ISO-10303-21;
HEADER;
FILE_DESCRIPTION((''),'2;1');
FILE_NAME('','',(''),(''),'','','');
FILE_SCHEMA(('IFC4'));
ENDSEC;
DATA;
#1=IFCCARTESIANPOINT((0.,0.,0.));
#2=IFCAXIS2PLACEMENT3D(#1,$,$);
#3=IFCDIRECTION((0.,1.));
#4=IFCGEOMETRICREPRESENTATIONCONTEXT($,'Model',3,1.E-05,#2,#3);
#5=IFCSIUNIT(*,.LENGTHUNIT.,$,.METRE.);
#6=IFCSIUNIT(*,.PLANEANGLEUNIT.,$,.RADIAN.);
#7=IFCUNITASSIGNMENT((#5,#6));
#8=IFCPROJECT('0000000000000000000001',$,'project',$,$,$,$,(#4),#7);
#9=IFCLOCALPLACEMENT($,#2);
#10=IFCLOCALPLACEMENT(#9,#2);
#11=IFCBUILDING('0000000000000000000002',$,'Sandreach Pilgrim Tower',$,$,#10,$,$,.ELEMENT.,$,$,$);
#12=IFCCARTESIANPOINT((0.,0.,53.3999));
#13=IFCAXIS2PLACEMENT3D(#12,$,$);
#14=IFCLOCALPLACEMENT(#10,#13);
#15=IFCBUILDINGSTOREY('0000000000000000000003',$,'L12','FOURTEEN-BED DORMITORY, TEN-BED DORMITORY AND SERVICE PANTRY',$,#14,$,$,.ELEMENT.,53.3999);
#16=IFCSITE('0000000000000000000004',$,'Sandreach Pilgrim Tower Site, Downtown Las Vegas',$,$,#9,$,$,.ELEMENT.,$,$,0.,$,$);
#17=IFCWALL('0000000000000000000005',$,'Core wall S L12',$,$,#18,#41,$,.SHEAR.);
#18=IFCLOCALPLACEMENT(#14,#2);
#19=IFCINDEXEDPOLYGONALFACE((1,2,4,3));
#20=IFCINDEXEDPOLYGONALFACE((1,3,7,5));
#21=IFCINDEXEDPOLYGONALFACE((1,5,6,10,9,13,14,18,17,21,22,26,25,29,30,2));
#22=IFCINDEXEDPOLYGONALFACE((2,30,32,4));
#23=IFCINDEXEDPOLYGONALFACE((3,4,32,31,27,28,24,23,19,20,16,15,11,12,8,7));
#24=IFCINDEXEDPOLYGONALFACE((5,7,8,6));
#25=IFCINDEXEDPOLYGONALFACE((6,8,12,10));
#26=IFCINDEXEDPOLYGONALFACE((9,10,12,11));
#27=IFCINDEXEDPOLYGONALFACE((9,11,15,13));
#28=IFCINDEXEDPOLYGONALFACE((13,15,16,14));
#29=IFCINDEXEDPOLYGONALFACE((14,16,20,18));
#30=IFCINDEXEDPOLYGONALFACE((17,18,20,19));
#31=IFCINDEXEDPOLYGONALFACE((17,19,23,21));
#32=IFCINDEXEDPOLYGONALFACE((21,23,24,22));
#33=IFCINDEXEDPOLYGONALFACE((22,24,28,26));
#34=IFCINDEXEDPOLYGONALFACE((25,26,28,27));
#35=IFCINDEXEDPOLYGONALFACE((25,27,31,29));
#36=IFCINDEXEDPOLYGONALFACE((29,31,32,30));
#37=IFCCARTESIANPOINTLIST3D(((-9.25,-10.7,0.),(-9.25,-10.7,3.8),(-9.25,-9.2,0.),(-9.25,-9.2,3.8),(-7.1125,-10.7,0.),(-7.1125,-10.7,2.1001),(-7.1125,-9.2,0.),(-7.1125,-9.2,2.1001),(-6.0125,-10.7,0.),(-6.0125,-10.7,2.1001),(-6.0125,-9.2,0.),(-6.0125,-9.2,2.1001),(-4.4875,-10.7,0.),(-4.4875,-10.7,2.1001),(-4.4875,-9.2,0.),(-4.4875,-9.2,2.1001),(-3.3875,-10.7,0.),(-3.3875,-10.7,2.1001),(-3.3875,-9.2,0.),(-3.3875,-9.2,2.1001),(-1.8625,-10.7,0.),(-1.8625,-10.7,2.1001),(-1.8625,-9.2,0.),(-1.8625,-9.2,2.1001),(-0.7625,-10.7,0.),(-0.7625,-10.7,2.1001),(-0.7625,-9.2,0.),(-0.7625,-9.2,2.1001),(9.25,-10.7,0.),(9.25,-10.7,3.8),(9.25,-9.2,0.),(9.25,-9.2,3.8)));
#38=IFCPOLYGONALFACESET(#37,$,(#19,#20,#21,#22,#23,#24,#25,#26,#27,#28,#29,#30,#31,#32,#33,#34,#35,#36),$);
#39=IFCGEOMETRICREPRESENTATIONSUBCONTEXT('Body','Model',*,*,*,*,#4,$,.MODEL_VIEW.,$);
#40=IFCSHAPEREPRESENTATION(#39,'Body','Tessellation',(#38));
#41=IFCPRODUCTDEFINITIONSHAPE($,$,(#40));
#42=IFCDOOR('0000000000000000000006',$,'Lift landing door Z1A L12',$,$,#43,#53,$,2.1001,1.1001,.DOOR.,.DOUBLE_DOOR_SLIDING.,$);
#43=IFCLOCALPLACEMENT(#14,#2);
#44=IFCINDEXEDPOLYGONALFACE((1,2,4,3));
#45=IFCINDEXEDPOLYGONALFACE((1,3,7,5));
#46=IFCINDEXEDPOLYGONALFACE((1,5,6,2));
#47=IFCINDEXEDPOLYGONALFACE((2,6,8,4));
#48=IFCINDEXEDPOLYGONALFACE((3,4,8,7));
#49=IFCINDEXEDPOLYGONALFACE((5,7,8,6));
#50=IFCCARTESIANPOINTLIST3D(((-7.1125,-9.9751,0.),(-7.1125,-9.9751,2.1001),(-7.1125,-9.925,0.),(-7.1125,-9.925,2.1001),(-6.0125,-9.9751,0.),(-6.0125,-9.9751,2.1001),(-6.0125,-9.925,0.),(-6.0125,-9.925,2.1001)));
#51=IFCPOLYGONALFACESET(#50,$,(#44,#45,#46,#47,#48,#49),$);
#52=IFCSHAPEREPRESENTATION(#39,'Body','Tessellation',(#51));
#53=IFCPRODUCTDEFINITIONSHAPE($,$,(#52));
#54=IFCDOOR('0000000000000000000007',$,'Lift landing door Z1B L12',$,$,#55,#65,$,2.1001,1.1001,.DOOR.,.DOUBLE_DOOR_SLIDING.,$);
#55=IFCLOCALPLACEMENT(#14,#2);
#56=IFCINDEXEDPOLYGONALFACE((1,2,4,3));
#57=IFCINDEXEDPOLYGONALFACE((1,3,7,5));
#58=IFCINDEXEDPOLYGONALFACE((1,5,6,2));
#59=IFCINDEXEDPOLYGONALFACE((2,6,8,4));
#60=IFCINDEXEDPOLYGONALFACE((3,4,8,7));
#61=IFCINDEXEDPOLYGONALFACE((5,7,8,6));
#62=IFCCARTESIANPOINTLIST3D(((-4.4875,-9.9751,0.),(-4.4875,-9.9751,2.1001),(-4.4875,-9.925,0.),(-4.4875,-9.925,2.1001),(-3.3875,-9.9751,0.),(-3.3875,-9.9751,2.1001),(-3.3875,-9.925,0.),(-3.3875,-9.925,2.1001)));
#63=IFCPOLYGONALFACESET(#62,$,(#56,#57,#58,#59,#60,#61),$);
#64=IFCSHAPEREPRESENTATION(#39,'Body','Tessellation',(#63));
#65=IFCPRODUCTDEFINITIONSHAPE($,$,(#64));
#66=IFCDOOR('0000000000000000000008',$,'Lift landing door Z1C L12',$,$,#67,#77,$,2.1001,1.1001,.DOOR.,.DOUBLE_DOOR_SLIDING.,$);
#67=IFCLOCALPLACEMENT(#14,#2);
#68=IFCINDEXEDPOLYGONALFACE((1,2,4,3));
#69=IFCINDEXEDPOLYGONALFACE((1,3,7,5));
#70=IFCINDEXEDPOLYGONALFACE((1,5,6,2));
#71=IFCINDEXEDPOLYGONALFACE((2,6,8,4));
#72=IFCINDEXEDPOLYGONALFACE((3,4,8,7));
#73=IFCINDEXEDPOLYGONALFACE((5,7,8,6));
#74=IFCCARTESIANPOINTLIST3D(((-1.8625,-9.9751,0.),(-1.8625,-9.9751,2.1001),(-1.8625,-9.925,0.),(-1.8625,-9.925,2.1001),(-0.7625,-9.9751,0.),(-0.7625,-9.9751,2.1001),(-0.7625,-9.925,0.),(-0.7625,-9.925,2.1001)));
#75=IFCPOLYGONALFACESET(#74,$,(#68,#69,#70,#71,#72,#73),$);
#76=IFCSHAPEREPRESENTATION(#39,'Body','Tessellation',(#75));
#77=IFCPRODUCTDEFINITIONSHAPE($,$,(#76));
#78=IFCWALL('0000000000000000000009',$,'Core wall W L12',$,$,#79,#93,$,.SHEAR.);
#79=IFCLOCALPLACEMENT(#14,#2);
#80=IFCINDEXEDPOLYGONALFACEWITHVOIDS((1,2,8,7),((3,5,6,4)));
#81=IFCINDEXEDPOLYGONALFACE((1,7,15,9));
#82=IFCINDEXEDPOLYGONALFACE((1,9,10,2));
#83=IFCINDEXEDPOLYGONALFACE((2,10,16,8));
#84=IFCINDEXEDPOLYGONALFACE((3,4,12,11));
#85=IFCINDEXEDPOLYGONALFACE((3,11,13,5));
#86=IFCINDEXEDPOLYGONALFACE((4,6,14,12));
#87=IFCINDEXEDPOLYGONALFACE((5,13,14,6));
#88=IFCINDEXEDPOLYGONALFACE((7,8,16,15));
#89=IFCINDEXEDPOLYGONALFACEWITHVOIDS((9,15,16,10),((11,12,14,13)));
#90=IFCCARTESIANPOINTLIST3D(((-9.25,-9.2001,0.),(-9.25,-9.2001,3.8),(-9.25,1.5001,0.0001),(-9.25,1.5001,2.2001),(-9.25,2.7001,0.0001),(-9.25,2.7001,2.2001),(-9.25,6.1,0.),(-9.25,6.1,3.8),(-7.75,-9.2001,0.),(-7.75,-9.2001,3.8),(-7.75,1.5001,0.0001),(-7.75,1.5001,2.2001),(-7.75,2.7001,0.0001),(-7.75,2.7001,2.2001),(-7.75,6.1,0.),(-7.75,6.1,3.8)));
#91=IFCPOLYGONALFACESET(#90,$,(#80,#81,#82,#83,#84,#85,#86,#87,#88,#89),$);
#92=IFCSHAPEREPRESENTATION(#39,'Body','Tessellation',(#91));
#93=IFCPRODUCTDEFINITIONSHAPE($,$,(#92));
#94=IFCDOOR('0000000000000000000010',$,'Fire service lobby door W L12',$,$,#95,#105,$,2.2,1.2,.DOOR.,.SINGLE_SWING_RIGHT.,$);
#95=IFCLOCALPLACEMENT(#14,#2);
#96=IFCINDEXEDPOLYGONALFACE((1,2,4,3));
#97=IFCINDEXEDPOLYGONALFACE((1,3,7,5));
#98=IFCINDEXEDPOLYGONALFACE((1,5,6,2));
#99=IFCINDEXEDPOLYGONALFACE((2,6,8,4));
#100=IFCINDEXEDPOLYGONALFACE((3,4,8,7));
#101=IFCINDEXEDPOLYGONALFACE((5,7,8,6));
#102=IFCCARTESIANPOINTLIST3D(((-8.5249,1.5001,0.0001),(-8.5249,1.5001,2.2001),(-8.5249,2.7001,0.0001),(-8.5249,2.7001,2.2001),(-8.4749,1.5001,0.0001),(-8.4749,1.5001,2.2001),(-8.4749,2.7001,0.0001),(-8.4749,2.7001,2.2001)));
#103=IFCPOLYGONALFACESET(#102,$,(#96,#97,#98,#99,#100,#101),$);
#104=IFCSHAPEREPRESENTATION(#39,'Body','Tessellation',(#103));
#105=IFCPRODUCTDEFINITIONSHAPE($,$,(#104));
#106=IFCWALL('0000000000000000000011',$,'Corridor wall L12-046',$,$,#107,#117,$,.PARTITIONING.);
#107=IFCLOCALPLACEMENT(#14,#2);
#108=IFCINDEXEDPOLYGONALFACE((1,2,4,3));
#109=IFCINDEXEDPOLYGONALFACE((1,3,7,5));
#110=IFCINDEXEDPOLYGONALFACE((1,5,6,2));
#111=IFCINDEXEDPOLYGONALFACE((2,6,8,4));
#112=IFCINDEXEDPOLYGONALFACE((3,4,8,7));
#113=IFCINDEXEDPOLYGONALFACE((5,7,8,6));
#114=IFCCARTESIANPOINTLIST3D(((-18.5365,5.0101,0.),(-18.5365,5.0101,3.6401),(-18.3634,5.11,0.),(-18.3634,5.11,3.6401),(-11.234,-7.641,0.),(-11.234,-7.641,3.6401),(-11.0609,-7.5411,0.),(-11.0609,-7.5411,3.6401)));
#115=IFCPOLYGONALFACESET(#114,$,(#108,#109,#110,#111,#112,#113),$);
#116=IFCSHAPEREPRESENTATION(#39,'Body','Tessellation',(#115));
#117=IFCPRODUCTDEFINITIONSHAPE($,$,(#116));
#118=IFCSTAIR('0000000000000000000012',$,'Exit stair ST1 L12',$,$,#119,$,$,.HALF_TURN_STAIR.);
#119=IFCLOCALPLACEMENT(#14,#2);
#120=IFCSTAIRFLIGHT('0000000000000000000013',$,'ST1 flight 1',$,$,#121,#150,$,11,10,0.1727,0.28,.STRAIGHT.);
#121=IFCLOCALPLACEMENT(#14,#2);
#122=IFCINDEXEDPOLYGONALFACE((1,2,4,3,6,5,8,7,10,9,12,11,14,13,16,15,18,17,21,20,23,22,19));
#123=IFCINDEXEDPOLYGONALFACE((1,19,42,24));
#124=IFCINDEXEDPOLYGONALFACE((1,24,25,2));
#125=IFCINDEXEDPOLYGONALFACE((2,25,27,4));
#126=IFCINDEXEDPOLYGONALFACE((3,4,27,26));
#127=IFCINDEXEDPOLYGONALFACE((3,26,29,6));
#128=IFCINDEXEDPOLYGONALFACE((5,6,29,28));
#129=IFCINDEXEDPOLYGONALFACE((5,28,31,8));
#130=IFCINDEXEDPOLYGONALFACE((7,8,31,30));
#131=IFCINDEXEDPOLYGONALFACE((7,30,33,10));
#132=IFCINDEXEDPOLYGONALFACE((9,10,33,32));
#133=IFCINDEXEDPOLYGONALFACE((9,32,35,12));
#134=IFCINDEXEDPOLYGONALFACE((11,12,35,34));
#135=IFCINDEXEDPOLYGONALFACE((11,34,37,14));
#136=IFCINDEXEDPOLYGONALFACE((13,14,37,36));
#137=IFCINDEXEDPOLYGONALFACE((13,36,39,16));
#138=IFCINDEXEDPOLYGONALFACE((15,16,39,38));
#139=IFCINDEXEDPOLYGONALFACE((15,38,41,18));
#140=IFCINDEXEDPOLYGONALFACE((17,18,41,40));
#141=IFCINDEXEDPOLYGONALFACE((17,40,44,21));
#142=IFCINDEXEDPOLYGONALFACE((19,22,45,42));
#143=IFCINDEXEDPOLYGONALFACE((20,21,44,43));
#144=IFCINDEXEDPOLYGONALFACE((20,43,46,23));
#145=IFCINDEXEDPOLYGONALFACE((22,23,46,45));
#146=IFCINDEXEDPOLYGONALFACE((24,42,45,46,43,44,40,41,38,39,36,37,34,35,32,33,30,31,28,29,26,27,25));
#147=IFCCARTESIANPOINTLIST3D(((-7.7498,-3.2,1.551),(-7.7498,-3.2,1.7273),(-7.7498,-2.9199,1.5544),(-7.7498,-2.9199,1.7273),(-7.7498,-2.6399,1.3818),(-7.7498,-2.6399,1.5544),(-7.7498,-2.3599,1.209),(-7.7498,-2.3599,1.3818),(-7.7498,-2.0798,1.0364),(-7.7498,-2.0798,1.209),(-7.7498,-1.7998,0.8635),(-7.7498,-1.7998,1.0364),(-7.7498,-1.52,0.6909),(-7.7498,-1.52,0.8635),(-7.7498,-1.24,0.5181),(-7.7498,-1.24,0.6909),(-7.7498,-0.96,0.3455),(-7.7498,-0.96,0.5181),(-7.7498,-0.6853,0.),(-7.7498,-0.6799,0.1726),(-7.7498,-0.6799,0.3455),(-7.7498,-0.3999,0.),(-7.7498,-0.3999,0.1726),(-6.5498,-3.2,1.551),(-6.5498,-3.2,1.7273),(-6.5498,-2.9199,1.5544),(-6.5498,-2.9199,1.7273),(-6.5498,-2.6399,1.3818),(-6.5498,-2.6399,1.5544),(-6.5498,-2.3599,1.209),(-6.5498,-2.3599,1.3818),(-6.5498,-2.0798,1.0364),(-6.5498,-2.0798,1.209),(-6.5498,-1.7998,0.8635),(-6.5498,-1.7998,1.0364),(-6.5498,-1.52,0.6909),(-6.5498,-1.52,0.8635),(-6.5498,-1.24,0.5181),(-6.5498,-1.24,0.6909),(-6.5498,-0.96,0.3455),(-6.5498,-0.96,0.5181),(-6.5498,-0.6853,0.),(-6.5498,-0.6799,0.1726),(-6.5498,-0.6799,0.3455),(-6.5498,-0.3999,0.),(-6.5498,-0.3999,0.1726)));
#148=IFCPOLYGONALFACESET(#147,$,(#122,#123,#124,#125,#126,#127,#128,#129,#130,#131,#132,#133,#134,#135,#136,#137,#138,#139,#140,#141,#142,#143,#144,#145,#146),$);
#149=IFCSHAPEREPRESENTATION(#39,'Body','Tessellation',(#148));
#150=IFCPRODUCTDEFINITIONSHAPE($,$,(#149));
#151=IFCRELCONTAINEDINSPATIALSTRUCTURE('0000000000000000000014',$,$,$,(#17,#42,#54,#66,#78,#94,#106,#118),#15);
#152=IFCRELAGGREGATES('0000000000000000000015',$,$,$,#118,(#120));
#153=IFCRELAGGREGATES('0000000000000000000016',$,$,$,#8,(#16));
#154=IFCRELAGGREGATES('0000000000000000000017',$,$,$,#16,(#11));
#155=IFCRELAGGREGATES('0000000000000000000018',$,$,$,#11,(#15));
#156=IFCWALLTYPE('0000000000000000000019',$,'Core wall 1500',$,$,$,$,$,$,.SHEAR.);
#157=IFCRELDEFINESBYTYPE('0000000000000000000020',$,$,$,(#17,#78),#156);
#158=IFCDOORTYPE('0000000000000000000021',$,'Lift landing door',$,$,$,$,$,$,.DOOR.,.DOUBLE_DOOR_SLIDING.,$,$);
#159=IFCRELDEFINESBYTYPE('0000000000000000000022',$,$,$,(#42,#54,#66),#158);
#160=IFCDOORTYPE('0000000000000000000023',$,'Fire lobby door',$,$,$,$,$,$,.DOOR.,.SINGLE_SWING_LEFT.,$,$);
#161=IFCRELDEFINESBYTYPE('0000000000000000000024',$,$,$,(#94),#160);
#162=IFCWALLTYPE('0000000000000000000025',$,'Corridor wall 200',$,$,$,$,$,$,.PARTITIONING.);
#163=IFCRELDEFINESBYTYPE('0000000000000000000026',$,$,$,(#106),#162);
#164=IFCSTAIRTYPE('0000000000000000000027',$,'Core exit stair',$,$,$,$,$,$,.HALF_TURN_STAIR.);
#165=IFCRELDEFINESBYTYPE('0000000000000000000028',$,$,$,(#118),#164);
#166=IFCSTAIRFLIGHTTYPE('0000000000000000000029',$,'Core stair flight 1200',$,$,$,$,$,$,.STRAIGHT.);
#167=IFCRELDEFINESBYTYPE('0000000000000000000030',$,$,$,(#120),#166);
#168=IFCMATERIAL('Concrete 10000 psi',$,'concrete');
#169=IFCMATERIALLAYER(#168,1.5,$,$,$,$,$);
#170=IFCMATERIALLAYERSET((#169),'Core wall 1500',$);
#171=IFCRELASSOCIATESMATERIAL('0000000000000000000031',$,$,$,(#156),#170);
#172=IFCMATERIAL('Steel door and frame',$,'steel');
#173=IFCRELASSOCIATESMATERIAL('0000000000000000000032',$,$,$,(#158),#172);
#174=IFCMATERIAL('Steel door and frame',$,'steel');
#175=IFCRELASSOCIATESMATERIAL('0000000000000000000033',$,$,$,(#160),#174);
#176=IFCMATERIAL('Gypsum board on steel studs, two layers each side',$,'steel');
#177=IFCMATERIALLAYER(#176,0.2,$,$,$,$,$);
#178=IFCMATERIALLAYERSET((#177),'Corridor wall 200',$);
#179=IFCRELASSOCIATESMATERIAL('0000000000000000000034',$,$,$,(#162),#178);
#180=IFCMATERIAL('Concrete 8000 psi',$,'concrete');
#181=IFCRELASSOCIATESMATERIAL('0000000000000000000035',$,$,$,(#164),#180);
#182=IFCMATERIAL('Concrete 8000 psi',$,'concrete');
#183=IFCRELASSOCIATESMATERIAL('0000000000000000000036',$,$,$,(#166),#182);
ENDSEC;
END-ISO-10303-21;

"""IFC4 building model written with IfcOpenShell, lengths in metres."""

from ifc_helpers import new_model, si_unit, direction, frame, frame_2d, origin, place, context, subcontext, project, spatial, polyline, rectangle, outline, extrude, material, layer, layer_set, type_object, element, fill, aggregate, save


model = new_model("IFC4")

# Units and contexts
model_context = context("Model", 3, precision=1e-05, world=origin(), true_north=direction((0.0, 1.0)))
body_context = subcontext(model_context, "Body", "Model", "MODEL_VIEW")
ifc_project = project(units=[si_unit("LENGTHUNIT", "METRE"), si_unit("PLANEANGLEUNIT", "RADIAN")], contexts=[model_context])

# Site, building, storey
site_placement = place(None, origin())
site = spatial("IfcSite", under=ifc_project, at=site_placement, Name="Sandreach Pilgrim Tower Site, Downtown Las Vegas", CompositionType="ELEMENT", RefElevation=0.0)
building_placement = place(site_placement, origin())
building = spatial("IfcBuilding", under=site, at=building_placement, Name="Sandreach Pilgrim Tower", CompositionType="ELEMENT")
storey_placement = place(building_placement, frame((0.0, 0.0, 53.3999)))
storey = spatial("IfcBuildingStorey", under=building, at=storey_placement, Name="L12", Description="FOURTEEN-BED DORMITORY, TEN-BED DORMITORY AND SERVICE PANTRY", CompositionType="ELEMENT", Elevation=53.3999)

# Wall, openings, doors
ifc_material_1 = material(Name="Concrete 10000 psi", Category="concrete")
ifc_layer_1 = layer(ifc_material_1, 1.5)
ifc_layer_set_1 = layer_set([ifc_layer_1], Name="Core wall 1500")
wall_type_1 = type_object("IfcWallType", Name="Core wall 1500", PredefinedType="SHEAR", material=ifc_layer_set_1)
wall_1_placement = place(storey_placement, frame((-9.25, -9.95, 0.0), z_axis=(0.0, 0.0, 1.0), x_axis=(1.0, 0.0, 0.0)))
wall_1 = element("IfcWall", 1, at=wall_1_placement, inside=storey, type_object=wall_type_1, Name="Core wall S L12", PredefinedType="SHEAR", context=body_context, shape_type="SweptSolid", body=[
    extrude(rectangle(XDim=18.5, YDim=1.5, at=frame_2d((9.25, 0.0))), origin(), (0.0, 0.0, 1.0), 3.8),
])
opening_1_placement = place(wall_1_placement, frame((2.1375, 0.0, 0.0)))
opening_1 = element("IfcOpeningElement", 2, at=opening_1_placement, cuts=wall_1, PredefinedType="OPENING", context=body_context, shape_type="SweptSolid", body=[
    extrude(rectangle(XDim=1.1001, YDim=2.1001, at=frame_2d((0.55, 1.05))), frame((0.0, 0.75, 0.0), z_axis=(0.0, -1.0, 0.0), x_axis=(1.0, 0.0, 0.0)), (0.0, 0.0, 1.0), 1.5),
])
opening_2_placement = place(wall_1_placement, frame((4.7625, 0.0, 0.0)))
opening_2 = element("IfcOpeningElement", 3, at=opening_2_placement, cuts=wall_1, PredefinedType="OPENING", context=body_context, shape_type="SweptSolid", body=[
    extrude(rectangle(XDim=1.1001, YDim=2.1001, at=frame_2d((0.55, 1.05))), frame((0.0, 0.75, 0.0), z_axis=(0.0, -1.0, 0.0), x_axis=(1.0, 0.0, 0.0)), (0.0, 0.0, 1.0), 1.5),
])
opening_3_placement = place(wall_1_placement, frame((7.3875, 0.0, 0.0)))
opening_3 = element("IfcOpeningElement", 4, at=opening_3_placement, cuts=wall_1, PredefinedType="OPENING", context=body_context, shape_type="SweptSolid", body=[
    extrude(rectangle(XDim=1.1001, YDim=2.1001, at=frame_2d((0.55, 1.05))), frame((0.0, 0.75, 0.0), z_axis=(0.0, -1.0, 0.0), x_axis=(1.0, 0.0, 0.0)), (0.0, 0.0, 1.0), 1.5),
])
ifc_material_2 = material(Name="Steel door and frame", Category="steel")
door_type_1 = type_object("IfcDoorType", Name="Lift landing door", OperationType="DOUBLE_DOOR_SLIDING", PredefinedType="DOOR", material=ifc_material_2)
door_1_placement = place(opening_1_placement, origin())
door_1 = element("IfcDoor", 5, at=door_1_placement, inside=storey, type_object=door_type_1, Name="Lift landing door Z1A L12", OperationType="DOUBLE_DOOR_SLIDING", OverallHeight=2.1001, OverallWidth=1.1001, PredefinedType="DOOR", context=body_context, shape_type="SweptSolid", body=[
    extrude(rectangle(XDim=1.1001, YDim=2.1001, at=frame_2d((0.55, 1.05))), frame((0.0, 0.0249, 0.0), z_axis=(0.0, -1.0, 0.0), x_axis=(1.0, 0.0, 0.0)), (0.0, 0.0, 1.0), 0.05),
])
fill(opening_1, door_1)
door_2_placement = place(opening_2_placement, origin())
door_2 = element("IfcDoor", 6, at=door_2_placement, inside=storey, type_object=door_type_1, Name="Lift landing door Z1B L12", OperationType="DOUBLE_DOOR_SLIDING", OverallHeight=2.1001, OverallWidth=1.1001, PredefinedType="DOOR", context=body_context, shape_type="SweptSolid", body=[
    extrude(rectangle(XDim=1.1001, YDim=2.1001, at=frame_2d((0.55, 1.05))), frame((0.0, 0.0249, 0.0), z_axis=(0.0, -1.0, 0.0), x_axis=(1.0, 0.0, 0.0)), (0.0, 0.0, 1.0), 0.05),
])
fill(opening_2, door_2)
door_3_placement = place(opening_3_placement, origin())
door_3 = element("IfcDoor", 7, at=door_3_placement, inside=storey, type_object=door_type_1, Name="Lift landing door Z1C L12", OperationType="DOUBLE_DOOR_SLIDING", OverallHeight=2.1001, OverallWidth=1.1001, PredefinedType="DOOR", context=body_context, shape_type="SweptSolid", body=[
    extrude(rectangle(XDim=1.1001, YDim=2.1001, at=frame_2d((0.55, 1.05))), frame((0.0, 0.0249, 0.0), z_axis=(0.0, -1.0, 0.0), x_axis=(1.0, 0.0, 0.0)), (0.0, 0.0, 1.0), 0.05),
])
fill(opening_3, door_3)

# Wall, opening, door
wall_2_placement = place(storey_placement, frame((-8.5, -9.2, 0.0), z_axis=(0.0, 0.0, 1.0), x_axis=(0.0, 1.0, 0.0)))
wall_2 = element("IfcWall", 8, at=wall_2_placement, inside=storey, type_object=wall_type_1, Name="Core wall W L12", PredefinedType="SHEAR", context=body_context, shape_type="SweptSolid", body=[
    extrude(rectangle(XDim=15.3, YDim=1.5, at=frame_2d((7.6499, 0.0))), origin(), (0.0, 0.0, 1.0), 3.8),
])
opening_4_placement = place(wall_2_placement, frame((10.7, 0.0, 0.0)))
opening_4 = element("IfcOpeningElement", 9, at=opening_4_placement, cuts=wall_2, PredefinedType="OPENING", context=body_context, shape_type="SweptSolid", body=[
    extrude(rectangle(XDim=1.2, YDim=2.2, at=frame_2d((0.6001, 1.1001))), frame((0.0, 0.75, 0.0), z_axis=(0.0, -1.0, 0.0), x_axis=(1.0, 0.0, 0.0)), (0.0, 0.0, 1.0), 1.5),
])
ifc_material_3 = material(Name="Steel door and frame", Category="steel")
door_type_2 = type_object("IfcDoorType", Name="Fire lobby door", OperationType="SINGLE_SWING_LEFT", PredefinedType="DOOR", material=ifc_material_3)
door_4_placement = place(opening_4_placement, origin())
door_4 = element("IfcDoor", 10, at=door_4_placement, inside=storey, type_object=door_type_2, Name="Fire service lobby door W L12", OperationType="SINGLE_SWING_RIGHT", OverallHeight=2.2, OverallWidth=1.2, PredefinedType="DOOR", context=body_context, shape_type="SweptSolid", body=[
    extrude(rectangle(XDim=1.2, YDim=2.2, at=frame_2d((0.6001, 1.1001))), frame((0.0, 0.0249, 0.0), z_axis=(0.0, -1.0, 0.0), x_axis=(1.0, 0.0, 0.0)), (0.0, 0.0, 1.0), 0.05),
])
fill(opening_4, door_4)
ifc_material_4 = material(Name="Gypsum board on steel studs, two layers each side", Category="steel")
ifc_layer_2 = layer(ifc_material_4, 0.2)
ifc_layer_set_2 = layer_set([ifc_layer_2], Name="Corridor wall 200")
wall_type_2 = type_object("IfcWallType", Name="Corridor wall 200", PredefinedType="PARTITIONING", material=ifc_layer_set_2)

# Wall
wall_3_placement = place(storey_placement, frame((-11.1475, -7.5911, 0.0), z_axis=(0.0, 0.0, 1.0), x_axis=(-0.499916, 0.866074, 0.0)))
element("IfcWall", 11, at=wall_3_placement, inside=storey, type_object=wall_type_2, Name="Corridor wall L12-046", PredefinedType="PARTITIONING", context=body_context, shape_type="SweptSolid", body=[
    extrude(rectangle(XDim=14.6074, YDim=0.2, at=frame_2d((7.3037, 0.0))), origin(), (0.0, 0.0, 1.0), 3.6401),
])

# Stair, stair flight
ifc_material_5 = material(Name="Concrete 8000 psi", Category="concrete")
stair_type = type_object("IfcStairType", Name="Core exit stair", PredefinedType="HALF_TURN_STAIR", material=ifc_material_5)
stair_placement = place(storey_placement, origin())
stair = element("IfcStair", 12, at=stair_placement, inside=storey, type_object=stair_type, Name="Exit stair ST1 L12", PredefinedType="HALF_TURN_STAIR")
ifc_material_6 = material(Name="Concrete 8000 psi", Category="concrete")
stair_flight_type = type_object("IfcStairFlightType", Name="Core stair flight 1200", PredefinedType="STRAIGHT", material=ifc_material_6)
stair_flight_placement = place(storey_placement, frame((-7.1499, -0.3999, 0.0), z_axis=(0.0, 0.0, 1.0), x_axis=(0.0, -1.0, 0.0)))
stair_flight = element("IfcStairFlight", 13, at=stair_flight_placement, type_object=stair_flight_type, Name="ST1 flight 1", NumberOfRisers=11, NumberOfTreads=10, PredefinedType="STRAIGHT", RiserHeight=0.1727, TreadLength=0.28, context=body_context, shape_type="SweptSolid", body=[
    extrude(outline(polyline([(0.0, 0.0), (0.0, 0.1726), (0.28, 0.1726), (0.28, 0.3455), (0.5601, 0.3455), (0.5601, 0.5181), (0.8401, 0.5181), (0.8401, 0.6909), (1.1201, 0.6909), (1.1201, 0.8635), (1.3999, 0.8635), (1.3999, 1.0364), (1.6799, 1.0364), (1.6799, 1.209), (1.96, 1.209), (1.96, 1.3818), (2.24, 1.3818), (2.24, 1.5544), (2.52, 1.5544), (2.52, 1.7273), (2.8, 1.7273), (2.8, 1.8999), (2.8, 1.551), (0.2854, 0.0), (0.0, 0.0)])), frame((0.0, 0.6001, 0.0), z_axis=(0.0, -1.0, 0.0), x_axis=(1.0, 0.0, 0.0)), (0.0, 0.0, 1.0), 1.2),
])
aggregate(stair, [stair_flight])

save(model, "model.ifc")
